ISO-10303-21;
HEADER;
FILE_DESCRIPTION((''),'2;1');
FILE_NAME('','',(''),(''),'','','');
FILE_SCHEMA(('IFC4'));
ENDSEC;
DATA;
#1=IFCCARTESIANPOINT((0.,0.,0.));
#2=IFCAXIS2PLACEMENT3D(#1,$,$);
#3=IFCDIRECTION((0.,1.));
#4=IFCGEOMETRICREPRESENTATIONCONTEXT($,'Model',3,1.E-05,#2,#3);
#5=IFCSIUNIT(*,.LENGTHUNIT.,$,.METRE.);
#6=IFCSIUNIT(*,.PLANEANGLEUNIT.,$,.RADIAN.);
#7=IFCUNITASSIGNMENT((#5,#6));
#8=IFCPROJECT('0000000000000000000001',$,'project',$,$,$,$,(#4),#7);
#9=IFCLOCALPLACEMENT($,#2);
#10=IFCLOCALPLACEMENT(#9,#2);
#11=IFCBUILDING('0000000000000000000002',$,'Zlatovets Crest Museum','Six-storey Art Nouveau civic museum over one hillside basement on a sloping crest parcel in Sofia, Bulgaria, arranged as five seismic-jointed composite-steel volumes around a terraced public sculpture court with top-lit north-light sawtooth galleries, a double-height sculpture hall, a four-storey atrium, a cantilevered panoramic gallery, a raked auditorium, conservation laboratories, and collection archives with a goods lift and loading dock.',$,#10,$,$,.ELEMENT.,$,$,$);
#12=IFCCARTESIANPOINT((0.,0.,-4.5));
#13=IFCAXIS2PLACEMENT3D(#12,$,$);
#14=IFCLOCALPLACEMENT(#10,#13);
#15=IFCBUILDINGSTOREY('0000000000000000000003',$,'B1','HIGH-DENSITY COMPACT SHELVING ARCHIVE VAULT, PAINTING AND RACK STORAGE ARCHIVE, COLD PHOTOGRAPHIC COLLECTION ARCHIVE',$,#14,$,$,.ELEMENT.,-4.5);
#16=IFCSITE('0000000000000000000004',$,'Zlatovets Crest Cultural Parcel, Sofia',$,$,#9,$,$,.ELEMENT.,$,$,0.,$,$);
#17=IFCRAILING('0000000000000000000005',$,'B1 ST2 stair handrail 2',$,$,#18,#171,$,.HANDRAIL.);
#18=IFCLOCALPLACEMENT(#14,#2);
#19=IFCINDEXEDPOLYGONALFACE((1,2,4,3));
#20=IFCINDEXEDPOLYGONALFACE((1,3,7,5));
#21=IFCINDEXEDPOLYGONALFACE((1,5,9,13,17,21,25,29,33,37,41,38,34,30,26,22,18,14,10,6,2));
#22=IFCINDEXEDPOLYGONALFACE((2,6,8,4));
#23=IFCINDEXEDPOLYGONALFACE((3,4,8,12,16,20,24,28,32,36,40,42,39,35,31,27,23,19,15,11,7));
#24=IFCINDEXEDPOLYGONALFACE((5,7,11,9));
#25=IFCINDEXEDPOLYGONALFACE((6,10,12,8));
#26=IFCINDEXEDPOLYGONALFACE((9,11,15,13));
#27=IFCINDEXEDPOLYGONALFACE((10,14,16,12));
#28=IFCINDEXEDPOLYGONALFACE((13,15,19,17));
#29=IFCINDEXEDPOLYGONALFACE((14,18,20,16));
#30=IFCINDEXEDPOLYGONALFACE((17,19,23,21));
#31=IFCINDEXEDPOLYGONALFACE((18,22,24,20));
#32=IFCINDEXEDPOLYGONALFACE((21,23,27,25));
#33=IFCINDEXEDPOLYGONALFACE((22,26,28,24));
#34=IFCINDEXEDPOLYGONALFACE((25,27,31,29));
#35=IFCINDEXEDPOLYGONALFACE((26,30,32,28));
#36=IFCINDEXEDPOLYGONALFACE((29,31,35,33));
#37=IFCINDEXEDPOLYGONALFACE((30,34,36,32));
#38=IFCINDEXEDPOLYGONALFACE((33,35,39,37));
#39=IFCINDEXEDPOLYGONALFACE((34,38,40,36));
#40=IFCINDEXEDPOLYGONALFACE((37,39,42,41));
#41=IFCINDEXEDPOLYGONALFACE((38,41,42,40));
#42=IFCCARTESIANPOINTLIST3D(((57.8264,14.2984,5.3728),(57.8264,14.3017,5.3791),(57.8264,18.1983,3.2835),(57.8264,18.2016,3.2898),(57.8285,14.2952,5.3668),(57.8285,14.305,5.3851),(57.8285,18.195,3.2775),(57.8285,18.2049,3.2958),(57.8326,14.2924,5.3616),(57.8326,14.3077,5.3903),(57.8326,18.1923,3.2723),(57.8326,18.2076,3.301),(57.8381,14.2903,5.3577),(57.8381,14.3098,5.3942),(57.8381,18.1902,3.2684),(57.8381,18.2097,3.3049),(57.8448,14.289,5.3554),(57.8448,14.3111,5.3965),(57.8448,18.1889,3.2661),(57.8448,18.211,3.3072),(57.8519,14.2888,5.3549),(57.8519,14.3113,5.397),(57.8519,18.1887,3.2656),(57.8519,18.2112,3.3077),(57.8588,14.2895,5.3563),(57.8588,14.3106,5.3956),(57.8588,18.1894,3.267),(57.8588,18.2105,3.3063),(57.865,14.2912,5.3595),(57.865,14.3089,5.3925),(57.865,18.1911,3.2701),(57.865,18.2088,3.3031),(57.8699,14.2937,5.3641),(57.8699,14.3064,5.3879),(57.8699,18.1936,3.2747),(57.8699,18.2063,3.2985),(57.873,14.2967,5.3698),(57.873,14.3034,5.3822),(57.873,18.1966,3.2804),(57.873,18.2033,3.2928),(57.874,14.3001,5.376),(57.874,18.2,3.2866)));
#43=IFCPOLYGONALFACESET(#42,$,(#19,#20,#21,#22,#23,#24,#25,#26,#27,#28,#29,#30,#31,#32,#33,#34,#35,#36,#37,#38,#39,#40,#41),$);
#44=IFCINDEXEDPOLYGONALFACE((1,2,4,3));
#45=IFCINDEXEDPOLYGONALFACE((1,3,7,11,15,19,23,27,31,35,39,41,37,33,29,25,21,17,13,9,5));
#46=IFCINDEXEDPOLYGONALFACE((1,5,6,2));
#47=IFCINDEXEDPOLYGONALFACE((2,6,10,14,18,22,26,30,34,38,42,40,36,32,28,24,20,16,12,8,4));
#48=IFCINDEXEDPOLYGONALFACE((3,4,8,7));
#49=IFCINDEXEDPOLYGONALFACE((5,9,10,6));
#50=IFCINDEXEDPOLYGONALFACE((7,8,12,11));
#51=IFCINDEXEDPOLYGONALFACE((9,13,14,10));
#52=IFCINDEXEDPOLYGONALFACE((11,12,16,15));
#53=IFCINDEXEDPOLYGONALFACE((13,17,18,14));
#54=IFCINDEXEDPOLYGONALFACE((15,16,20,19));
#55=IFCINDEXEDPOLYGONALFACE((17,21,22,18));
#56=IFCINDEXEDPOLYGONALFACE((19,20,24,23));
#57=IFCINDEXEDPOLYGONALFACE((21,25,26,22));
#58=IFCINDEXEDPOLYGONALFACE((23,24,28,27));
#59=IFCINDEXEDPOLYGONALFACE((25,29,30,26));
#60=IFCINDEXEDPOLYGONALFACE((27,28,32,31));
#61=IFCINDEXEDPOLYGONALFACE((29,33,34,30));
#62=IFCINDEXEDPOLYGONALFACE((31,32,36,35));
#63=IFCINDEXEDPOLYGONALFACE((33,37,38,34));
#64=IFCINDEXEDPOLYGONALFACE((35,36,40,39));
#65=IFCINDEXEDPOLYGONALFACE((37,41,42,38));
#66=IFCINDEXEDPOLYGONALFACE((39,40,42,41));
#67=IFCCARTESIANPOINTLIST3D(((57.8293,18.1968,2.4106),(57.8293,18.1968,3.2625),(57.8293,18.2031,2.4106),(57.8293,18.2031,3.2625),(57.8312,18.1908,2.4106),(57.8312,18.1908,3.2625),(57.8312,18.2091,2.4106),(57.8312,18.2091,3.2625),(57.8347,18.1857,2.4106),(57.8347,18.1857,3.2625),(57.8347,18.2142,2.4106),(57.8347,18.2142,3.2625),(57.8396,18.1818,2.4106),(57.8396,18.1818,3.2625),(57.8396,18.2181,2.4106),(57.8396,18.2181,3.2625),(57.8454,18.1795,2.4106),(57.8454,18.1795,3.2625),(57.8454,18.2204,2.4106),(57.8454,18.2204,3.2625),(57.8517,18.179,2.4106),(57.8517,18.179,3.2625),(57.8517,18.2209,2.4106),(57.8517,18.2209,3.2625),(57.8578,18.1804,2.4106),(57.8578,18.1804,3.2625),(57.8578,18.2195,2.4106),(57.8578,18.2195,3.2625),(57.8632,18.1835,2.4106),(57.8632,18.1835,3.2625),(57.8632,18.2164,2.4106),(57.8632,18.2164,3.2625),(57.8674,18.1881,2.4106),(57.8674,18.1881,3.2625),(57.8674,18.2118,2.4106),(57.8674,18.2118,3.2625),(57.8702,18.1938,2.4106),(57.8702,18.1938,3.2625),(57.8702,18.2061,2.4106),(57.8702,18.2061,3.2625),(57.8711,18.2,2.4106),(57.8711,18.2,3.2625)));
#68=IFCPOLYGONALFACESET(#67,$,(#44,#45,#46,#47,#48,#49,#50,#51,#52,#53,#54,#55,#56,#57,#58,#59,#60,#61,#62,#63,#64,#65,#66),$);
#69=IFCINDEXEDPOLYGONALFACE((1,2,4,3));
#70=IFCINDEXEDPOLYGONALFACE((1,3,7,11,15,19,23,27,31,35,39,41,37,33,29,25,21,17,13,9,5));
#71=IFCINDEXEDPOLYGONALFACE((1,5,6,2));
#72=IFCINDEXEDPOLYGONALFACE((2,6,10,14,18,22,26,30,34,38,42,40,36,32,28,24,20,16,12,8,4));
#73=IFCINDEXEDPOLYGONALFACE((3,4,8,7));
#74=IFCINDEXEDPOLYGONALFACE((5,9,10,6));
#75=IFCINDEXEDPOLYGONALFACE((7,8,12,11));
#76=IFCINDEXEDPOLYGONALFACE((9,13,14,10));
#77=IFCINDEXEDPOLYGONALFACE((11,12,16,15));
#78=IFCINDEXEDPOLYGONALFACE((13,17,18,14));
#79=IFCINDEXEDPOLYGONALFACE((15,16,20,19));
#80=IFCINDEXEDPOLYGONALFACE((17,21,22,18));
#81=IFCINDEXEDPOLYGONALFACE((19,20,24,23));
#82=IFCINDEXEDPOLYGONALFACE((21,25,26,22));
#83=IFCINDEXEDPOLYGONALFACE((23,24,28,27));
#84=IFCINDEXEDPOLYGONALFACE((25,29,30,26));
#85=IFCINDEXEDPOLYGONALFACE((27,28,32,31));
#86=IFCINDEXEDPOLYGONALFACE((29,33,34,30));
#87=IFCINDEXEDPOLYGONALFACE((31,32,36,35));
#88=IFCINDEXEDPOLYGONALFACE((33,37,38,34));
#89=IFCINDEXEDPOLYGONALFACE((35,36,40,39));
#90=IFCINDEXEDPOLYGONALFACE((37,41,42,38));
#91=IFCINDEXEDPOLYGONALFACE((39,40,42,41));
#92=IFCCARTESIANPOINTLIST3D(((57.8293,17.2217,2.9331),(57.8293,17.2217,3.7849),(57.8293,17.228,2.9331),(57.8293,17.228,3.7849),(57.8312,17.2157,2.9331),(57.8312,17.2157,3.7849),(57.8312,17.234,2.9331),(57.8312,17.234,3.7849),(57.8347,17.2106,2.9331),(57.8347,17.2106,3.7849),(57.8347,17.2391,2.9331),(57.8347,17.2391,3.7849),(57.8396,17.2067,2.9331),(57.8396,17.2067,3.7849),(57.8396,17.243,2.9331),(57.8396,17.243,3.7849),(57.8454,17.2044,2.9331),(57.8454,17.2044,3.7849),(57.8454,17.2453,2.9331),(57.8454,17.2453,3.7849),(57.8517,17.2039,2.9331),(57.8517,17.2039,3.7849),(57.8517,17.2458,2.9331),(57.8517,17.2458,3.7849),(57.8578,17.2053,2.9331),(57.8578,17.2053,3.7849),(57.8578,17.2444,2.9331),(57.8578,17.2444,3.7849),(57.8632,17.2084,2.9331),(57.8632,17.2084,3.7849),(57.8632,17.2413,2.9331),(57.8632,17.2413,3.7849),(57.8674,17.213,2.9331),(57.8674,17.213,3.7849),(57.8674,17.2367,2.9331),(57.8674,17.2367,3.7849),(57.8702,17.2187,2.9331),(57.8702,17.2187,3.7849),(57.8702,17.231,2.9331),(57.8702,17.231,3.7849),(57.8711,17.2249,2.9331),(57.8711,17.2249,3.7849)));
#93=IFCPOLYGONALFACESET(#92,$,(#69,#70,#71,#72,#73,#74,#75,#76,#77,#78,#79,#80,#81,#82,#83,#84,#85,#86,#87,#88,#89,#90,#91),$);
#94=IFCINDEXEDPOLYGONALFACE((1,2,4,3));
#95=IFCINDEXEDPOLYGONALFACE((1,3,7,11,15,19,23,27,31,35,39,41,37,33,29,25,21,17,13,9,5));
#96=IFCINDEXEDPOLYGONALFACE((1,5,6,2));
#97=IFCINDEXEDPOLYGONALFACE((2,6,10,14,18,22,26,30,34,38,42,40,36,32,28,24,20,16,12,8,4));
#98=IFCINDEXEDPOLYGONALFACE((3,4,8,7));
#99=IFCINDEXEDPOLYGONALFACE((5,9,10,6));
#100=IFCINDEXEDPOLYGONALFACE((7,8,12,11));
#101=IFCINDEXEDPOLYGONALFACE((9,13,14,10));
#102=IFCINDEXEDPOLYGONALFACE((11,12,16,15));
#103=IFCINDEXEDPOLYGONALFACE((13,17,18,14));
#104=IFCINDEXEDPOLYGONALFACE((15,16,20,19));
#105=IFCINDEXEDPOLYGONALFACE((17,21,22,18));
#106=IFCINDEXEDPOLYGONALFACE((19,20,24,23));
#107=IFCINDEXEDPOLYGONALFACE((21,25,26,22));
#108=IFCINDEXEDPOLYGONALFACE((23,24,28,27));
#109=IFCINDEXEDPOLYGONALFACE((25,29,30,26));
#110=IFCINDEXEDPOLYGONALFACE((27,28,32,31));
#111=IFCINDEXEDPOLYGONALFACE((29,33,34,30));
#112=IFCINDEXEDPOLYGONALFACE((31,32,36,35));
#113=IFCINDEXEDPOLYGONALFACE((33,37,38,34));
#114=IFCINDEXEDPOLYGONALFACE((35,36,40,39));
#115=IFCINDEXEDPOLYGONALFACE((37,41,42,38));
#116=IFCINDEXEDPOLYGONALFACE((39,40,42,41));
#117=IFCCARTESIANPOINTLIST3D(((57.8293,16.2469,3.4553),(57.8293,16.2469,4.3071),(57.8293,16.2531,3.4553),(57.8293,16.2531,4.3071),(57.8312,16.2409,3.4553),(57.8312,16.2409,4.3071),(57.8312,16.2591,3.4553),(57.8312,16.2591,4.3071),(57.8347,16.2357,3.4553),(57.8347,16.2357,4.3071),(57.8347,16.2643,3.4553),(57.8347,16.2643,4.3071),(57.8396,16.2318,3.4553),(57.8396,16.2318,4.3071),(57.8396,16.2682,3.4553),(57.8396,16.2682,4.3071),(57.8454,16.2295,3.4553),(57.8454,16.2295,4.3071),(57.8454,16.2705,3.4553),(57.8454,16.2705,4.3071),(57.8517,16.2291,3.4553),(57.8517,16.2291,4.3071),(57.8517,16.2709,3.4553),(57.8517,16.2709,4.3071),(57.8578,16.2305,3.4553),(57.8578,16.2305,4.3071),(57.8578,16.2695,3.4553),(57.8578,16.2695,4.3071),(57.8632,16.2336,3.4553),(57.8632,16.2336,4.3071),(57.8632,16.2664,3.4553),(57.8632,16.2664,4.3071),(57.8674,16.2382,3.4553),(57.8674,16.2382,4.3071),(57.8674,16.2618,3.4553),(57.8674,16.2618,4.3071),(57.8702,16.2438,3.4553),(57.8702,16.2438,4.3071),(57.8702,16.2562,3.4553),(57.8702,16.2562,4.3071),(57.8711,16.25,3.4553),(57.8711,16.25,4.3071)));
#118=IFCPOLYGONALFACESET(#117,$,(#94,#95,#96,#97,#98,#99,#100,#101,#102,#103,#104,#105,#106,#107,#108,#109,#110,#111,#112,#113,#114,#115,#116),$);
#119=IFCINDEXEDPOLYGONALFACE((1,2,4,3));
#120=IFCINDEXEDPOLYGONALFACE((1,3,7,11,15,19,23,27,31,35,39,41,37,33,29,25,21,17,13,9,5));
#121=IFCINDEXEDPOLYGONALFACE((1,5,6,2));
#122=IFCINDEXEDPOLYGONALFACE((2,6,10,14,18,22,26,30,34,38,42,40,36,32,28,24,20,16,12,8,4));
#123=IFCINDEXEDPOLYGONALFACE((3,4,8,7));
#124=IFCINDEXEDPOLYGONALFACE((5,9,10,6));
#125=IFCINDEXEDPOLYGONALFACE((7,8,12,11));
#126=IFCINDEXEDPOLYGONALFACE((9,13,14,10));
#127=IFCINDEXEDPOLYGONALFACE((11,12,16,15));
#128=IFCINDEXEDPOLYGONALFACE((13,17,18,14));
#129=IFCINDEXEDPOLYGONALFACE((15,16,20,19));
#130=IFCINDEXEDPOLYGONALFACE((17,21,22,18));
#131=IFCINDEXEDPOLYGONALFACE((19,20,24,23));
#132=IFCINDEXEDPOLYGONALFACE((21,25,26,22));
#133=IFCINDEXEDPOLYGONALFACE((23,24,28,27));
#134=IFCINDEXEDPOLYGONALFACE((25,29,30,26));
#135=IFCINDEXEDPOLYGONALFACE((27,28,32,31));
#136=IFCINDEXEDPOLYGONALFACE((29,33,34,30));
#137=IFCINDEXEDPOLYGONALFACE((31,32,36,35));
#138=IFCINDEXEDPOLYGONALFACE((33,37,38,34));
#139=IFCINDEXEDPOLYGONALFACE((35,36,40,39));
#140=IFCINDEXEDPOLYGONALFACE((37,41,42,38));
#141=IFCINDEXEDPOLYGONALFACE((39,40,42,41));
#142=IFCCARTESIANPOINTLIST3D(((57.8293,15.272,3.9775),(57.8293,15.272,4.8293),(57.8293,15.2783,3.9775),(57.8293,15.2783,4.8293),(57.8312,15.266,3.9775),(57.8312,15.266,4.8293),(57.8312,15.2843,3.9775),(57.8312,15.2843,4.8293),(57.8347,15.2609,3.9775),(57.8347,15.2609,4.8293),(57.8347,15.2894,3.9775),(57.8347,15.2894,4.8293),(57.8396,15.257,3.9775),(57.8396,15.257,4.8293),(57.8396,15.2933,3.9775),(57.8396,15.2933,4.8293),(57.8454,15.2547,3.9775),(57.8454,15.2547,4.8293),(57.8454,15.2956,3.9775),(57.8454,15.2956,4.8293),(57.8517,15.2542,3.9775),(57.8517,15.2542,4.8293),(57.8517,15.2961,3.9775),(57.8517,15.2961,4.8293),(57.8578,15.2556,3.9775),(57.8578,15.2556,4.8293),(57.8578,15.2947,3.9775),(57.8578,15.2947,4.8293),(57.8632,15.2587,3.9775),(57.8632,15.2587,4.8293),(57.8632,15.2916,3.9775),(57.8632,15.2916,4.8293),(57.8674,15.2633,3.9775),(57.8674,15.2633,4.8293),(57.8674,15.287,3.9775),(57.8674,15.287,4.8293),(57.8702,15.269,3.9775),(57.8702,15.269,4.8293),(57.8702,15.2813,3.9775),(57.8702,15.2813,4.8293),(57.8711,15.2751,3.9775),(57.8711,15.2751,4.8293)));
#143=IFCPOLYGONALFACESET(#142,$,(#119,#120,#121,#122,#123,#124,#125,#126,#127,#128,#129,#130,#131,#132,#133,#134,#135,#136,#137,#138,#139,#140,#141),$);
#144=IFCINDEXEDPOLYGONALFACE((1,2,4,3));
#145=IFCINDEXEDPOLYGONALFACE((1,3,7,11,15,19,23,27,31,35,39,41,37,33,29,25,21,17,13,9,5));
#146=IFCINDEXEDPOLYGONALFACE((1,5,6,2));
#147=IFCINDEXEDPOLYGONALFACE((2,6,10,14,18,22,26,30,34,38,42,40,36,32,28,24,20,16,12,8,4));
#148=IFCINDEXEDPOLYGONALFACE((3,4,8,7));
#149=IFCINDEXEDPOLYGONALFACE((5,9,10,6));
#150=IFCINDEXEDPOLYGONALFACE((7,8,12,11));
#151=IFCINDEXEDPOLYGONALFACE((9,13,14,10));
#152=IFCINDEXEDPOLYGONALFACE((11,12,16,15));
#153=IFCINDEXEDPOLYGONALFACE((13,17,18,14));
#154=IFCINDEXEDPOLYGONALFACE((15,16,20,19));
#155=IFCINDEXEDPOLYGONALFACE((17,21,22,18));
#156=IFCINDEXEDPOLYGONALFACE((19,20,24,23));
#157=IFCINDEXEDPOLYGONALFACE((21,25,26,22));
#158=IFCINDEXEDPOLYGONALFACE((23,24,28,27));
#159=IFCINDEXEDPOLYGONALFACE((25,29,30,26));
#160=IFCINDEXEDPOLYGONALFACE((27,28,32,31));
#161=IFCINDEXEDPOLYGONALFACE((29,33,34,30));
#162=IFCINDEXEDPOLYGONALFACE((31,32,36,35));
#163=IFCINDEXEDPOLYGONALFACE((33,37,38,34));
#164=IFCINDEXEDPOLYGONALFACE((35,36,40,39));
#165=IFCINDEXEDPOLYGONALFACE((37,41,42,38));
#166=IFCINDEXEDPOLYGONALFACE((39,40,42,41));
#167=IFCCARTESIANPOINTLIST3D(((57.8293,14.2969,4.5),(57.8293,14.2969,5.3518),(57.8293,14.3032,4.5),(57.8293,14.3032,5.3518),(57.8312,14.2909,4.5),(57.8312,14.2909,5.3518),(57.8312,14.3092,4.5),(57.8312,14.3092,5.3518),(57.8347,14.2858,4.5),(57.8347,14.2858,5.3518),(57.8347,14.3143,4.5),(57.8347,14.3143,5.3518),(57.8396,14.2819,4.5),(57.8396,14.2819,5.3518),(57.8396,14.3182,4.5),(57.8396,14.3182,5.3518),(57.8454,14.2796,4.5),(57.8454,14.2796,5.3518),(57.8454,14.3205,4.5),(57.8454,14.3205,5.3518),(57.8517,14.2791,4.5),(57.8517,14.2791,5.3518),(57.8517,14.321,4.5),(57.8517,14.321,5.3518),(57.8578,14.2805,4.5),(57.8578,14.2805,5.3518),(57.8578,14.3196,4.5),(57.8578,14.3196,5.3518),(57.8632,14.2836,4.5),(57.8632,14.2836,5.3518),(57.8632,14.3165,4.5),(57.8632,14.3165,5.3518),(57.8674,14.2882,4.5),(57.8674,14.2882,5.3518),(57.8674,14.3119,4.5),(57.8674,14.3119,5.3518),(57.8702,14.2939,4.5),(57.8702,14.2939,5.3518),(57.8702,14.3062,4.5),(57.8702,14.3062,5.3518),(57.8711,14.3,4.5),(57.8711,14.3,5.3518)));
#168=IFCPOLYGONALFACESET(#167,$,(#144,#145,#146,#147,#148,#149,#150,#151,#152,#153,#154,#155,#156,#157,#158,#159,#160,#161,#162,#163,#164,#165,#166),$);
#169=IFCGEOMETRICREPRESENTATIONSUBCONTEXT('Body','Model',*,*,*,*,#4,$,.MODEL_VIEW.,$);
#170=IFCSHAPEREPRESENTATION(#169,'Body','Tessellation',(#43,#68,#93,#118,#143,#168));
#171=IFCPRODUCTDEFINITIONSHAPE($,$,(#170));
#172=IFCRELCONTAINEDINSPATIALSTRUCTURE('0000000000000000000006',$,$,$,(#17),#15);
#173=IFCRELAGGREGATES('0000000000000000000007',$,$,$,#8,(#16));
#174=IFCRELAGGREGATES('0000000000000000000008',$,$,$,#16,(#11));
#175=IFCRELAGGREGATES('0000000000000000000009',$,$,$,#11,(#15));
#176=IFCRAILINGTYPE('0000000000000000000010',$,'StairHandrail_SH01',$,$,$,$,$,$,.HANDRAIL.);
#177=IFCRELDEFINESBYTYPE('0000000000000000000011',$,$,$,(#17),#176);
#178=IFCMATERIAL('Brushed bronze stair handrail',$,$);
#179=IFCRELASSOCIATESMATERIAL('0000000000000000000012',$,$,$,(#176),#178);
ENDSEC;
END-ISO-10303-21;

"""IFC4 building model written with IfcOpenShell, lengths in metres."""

from ifc_helpers import new_model, si_unit, direction, frame, origin, origin_2d, place, context, subcontext, project, spatial, circle, extrude, material, type_object, element, save


model = new_model("IFC4")

# Units and contexts
model_context = context("Model", 3, precision=1e-05, world=origin(), true_north=direction((0.0, 1.0)))
body_context = subcontext(model_context, "Body", "Model", "MODEL_VIEW")
ifc_project = project(units=[si_unit("LENGTHUNIT", "METRE"), si_unit("PLANEANGLEUNIT", "RADIAN")], contexts=[model_context])

# Site, building, storey
site_placement = place(None, origin())
site = spatial("IfcSite", under=ifc_project, at=site_placement, Name="Zlatovets Crest Cultural Parcel, Sofia", CompositionType="ELEMENT", RefElevation=0.0)
building_placement = place(site_placement, origin())
building = spatial("IfcBuilding", under=site, at=building_placement, Name="Zlatovets Crest Museum", Description="Six-storey Art Nouveau civic museum over one hillside basement on a sloping crest parcel in Sofia, Bulgaria, arranged as five seismic-jointed composite-steel volumes around a terraced public sculpture court with top-lit north-light sawtooth galleries, a double-height sculpture hall, a four-storey atrium, a cantilevered panoramic gallery, a raked auditorium, conservation laboratories, and collection archives with a goods lift and loading dock.", CompositionType="ELEMENT")
storey_placement = place(building_placement, frame((0.0, 0.0, -4.5)))
storey = spatial("IfcBuildingStorey", under=building, at=storey_placement, Name="B1", Description="HIGH-DENSITY COMPACT SHELVING ARCHIVE VAULT, PAINTING AND RACK STORAGE ARCHIVE, COLD PHOTOGRAPHIC COLLECTION ARCHIVE", CompositionType="ELEMENT", Elevation=-4.5)

# Railing
ifc_material_1 = material(Name="Brushed bronze stair handrail")
railing_type_1 = type_object("IfcRailingType", Name="StairHandrail_SH01", PredefinedType="HANDRAIL", material=ifc_material_1)
railing_1_placement = place(storey_placement, frame((57.8501, 18.2, 2.4106)))
element("IfcRailing", 1, at=railing_1_placement, inside=storey, type_object=railing_type_1, Name="B1 ST2 stair handrail 2", PredefinedType="HANDRAIL", context=body_context, shape_type="SweptSolid", body=[
    extrude(circle(Radius=0.0239, at=origin_2d()), frame((0.0, 0.0, 0.876), z_axis=(0.0, -0.881468, 0.472243), x_axis=(1.0, 0.0, 0.0)), (0.0, 0.0, 1.0), 4.4243),
    extrude(circle(Radius=0.021, at=origin_2d()), origin(), (0.0, 0.0, 1.0), 0.8518),
    extrude(circle(Radius=0.021, at=origin_2d()), frame((0.0, -0.9751, 0.5225)), (0.0, 0.0, 1.0), 0.8518),
    extrude(circle(Radius=0.021, at=origin_2d()), frame((0.0, -1.95, 1.0447)), (0.0, 0.0, 1.0), 0.8518),
    extrude(circle(Radius=0.021, at=origin_2d()), frame((0.0, -2.9248, 1.5669)), (0.0, 0.0, 1.0), 0.8518),
    extrude(circle(Radius=0.021, at=origin_2d()), frame((0.0, -3.8999, 2.0894)), (0.0, 0.0, 1.0), 0.8518),
])

save(model, "model.ifc")
